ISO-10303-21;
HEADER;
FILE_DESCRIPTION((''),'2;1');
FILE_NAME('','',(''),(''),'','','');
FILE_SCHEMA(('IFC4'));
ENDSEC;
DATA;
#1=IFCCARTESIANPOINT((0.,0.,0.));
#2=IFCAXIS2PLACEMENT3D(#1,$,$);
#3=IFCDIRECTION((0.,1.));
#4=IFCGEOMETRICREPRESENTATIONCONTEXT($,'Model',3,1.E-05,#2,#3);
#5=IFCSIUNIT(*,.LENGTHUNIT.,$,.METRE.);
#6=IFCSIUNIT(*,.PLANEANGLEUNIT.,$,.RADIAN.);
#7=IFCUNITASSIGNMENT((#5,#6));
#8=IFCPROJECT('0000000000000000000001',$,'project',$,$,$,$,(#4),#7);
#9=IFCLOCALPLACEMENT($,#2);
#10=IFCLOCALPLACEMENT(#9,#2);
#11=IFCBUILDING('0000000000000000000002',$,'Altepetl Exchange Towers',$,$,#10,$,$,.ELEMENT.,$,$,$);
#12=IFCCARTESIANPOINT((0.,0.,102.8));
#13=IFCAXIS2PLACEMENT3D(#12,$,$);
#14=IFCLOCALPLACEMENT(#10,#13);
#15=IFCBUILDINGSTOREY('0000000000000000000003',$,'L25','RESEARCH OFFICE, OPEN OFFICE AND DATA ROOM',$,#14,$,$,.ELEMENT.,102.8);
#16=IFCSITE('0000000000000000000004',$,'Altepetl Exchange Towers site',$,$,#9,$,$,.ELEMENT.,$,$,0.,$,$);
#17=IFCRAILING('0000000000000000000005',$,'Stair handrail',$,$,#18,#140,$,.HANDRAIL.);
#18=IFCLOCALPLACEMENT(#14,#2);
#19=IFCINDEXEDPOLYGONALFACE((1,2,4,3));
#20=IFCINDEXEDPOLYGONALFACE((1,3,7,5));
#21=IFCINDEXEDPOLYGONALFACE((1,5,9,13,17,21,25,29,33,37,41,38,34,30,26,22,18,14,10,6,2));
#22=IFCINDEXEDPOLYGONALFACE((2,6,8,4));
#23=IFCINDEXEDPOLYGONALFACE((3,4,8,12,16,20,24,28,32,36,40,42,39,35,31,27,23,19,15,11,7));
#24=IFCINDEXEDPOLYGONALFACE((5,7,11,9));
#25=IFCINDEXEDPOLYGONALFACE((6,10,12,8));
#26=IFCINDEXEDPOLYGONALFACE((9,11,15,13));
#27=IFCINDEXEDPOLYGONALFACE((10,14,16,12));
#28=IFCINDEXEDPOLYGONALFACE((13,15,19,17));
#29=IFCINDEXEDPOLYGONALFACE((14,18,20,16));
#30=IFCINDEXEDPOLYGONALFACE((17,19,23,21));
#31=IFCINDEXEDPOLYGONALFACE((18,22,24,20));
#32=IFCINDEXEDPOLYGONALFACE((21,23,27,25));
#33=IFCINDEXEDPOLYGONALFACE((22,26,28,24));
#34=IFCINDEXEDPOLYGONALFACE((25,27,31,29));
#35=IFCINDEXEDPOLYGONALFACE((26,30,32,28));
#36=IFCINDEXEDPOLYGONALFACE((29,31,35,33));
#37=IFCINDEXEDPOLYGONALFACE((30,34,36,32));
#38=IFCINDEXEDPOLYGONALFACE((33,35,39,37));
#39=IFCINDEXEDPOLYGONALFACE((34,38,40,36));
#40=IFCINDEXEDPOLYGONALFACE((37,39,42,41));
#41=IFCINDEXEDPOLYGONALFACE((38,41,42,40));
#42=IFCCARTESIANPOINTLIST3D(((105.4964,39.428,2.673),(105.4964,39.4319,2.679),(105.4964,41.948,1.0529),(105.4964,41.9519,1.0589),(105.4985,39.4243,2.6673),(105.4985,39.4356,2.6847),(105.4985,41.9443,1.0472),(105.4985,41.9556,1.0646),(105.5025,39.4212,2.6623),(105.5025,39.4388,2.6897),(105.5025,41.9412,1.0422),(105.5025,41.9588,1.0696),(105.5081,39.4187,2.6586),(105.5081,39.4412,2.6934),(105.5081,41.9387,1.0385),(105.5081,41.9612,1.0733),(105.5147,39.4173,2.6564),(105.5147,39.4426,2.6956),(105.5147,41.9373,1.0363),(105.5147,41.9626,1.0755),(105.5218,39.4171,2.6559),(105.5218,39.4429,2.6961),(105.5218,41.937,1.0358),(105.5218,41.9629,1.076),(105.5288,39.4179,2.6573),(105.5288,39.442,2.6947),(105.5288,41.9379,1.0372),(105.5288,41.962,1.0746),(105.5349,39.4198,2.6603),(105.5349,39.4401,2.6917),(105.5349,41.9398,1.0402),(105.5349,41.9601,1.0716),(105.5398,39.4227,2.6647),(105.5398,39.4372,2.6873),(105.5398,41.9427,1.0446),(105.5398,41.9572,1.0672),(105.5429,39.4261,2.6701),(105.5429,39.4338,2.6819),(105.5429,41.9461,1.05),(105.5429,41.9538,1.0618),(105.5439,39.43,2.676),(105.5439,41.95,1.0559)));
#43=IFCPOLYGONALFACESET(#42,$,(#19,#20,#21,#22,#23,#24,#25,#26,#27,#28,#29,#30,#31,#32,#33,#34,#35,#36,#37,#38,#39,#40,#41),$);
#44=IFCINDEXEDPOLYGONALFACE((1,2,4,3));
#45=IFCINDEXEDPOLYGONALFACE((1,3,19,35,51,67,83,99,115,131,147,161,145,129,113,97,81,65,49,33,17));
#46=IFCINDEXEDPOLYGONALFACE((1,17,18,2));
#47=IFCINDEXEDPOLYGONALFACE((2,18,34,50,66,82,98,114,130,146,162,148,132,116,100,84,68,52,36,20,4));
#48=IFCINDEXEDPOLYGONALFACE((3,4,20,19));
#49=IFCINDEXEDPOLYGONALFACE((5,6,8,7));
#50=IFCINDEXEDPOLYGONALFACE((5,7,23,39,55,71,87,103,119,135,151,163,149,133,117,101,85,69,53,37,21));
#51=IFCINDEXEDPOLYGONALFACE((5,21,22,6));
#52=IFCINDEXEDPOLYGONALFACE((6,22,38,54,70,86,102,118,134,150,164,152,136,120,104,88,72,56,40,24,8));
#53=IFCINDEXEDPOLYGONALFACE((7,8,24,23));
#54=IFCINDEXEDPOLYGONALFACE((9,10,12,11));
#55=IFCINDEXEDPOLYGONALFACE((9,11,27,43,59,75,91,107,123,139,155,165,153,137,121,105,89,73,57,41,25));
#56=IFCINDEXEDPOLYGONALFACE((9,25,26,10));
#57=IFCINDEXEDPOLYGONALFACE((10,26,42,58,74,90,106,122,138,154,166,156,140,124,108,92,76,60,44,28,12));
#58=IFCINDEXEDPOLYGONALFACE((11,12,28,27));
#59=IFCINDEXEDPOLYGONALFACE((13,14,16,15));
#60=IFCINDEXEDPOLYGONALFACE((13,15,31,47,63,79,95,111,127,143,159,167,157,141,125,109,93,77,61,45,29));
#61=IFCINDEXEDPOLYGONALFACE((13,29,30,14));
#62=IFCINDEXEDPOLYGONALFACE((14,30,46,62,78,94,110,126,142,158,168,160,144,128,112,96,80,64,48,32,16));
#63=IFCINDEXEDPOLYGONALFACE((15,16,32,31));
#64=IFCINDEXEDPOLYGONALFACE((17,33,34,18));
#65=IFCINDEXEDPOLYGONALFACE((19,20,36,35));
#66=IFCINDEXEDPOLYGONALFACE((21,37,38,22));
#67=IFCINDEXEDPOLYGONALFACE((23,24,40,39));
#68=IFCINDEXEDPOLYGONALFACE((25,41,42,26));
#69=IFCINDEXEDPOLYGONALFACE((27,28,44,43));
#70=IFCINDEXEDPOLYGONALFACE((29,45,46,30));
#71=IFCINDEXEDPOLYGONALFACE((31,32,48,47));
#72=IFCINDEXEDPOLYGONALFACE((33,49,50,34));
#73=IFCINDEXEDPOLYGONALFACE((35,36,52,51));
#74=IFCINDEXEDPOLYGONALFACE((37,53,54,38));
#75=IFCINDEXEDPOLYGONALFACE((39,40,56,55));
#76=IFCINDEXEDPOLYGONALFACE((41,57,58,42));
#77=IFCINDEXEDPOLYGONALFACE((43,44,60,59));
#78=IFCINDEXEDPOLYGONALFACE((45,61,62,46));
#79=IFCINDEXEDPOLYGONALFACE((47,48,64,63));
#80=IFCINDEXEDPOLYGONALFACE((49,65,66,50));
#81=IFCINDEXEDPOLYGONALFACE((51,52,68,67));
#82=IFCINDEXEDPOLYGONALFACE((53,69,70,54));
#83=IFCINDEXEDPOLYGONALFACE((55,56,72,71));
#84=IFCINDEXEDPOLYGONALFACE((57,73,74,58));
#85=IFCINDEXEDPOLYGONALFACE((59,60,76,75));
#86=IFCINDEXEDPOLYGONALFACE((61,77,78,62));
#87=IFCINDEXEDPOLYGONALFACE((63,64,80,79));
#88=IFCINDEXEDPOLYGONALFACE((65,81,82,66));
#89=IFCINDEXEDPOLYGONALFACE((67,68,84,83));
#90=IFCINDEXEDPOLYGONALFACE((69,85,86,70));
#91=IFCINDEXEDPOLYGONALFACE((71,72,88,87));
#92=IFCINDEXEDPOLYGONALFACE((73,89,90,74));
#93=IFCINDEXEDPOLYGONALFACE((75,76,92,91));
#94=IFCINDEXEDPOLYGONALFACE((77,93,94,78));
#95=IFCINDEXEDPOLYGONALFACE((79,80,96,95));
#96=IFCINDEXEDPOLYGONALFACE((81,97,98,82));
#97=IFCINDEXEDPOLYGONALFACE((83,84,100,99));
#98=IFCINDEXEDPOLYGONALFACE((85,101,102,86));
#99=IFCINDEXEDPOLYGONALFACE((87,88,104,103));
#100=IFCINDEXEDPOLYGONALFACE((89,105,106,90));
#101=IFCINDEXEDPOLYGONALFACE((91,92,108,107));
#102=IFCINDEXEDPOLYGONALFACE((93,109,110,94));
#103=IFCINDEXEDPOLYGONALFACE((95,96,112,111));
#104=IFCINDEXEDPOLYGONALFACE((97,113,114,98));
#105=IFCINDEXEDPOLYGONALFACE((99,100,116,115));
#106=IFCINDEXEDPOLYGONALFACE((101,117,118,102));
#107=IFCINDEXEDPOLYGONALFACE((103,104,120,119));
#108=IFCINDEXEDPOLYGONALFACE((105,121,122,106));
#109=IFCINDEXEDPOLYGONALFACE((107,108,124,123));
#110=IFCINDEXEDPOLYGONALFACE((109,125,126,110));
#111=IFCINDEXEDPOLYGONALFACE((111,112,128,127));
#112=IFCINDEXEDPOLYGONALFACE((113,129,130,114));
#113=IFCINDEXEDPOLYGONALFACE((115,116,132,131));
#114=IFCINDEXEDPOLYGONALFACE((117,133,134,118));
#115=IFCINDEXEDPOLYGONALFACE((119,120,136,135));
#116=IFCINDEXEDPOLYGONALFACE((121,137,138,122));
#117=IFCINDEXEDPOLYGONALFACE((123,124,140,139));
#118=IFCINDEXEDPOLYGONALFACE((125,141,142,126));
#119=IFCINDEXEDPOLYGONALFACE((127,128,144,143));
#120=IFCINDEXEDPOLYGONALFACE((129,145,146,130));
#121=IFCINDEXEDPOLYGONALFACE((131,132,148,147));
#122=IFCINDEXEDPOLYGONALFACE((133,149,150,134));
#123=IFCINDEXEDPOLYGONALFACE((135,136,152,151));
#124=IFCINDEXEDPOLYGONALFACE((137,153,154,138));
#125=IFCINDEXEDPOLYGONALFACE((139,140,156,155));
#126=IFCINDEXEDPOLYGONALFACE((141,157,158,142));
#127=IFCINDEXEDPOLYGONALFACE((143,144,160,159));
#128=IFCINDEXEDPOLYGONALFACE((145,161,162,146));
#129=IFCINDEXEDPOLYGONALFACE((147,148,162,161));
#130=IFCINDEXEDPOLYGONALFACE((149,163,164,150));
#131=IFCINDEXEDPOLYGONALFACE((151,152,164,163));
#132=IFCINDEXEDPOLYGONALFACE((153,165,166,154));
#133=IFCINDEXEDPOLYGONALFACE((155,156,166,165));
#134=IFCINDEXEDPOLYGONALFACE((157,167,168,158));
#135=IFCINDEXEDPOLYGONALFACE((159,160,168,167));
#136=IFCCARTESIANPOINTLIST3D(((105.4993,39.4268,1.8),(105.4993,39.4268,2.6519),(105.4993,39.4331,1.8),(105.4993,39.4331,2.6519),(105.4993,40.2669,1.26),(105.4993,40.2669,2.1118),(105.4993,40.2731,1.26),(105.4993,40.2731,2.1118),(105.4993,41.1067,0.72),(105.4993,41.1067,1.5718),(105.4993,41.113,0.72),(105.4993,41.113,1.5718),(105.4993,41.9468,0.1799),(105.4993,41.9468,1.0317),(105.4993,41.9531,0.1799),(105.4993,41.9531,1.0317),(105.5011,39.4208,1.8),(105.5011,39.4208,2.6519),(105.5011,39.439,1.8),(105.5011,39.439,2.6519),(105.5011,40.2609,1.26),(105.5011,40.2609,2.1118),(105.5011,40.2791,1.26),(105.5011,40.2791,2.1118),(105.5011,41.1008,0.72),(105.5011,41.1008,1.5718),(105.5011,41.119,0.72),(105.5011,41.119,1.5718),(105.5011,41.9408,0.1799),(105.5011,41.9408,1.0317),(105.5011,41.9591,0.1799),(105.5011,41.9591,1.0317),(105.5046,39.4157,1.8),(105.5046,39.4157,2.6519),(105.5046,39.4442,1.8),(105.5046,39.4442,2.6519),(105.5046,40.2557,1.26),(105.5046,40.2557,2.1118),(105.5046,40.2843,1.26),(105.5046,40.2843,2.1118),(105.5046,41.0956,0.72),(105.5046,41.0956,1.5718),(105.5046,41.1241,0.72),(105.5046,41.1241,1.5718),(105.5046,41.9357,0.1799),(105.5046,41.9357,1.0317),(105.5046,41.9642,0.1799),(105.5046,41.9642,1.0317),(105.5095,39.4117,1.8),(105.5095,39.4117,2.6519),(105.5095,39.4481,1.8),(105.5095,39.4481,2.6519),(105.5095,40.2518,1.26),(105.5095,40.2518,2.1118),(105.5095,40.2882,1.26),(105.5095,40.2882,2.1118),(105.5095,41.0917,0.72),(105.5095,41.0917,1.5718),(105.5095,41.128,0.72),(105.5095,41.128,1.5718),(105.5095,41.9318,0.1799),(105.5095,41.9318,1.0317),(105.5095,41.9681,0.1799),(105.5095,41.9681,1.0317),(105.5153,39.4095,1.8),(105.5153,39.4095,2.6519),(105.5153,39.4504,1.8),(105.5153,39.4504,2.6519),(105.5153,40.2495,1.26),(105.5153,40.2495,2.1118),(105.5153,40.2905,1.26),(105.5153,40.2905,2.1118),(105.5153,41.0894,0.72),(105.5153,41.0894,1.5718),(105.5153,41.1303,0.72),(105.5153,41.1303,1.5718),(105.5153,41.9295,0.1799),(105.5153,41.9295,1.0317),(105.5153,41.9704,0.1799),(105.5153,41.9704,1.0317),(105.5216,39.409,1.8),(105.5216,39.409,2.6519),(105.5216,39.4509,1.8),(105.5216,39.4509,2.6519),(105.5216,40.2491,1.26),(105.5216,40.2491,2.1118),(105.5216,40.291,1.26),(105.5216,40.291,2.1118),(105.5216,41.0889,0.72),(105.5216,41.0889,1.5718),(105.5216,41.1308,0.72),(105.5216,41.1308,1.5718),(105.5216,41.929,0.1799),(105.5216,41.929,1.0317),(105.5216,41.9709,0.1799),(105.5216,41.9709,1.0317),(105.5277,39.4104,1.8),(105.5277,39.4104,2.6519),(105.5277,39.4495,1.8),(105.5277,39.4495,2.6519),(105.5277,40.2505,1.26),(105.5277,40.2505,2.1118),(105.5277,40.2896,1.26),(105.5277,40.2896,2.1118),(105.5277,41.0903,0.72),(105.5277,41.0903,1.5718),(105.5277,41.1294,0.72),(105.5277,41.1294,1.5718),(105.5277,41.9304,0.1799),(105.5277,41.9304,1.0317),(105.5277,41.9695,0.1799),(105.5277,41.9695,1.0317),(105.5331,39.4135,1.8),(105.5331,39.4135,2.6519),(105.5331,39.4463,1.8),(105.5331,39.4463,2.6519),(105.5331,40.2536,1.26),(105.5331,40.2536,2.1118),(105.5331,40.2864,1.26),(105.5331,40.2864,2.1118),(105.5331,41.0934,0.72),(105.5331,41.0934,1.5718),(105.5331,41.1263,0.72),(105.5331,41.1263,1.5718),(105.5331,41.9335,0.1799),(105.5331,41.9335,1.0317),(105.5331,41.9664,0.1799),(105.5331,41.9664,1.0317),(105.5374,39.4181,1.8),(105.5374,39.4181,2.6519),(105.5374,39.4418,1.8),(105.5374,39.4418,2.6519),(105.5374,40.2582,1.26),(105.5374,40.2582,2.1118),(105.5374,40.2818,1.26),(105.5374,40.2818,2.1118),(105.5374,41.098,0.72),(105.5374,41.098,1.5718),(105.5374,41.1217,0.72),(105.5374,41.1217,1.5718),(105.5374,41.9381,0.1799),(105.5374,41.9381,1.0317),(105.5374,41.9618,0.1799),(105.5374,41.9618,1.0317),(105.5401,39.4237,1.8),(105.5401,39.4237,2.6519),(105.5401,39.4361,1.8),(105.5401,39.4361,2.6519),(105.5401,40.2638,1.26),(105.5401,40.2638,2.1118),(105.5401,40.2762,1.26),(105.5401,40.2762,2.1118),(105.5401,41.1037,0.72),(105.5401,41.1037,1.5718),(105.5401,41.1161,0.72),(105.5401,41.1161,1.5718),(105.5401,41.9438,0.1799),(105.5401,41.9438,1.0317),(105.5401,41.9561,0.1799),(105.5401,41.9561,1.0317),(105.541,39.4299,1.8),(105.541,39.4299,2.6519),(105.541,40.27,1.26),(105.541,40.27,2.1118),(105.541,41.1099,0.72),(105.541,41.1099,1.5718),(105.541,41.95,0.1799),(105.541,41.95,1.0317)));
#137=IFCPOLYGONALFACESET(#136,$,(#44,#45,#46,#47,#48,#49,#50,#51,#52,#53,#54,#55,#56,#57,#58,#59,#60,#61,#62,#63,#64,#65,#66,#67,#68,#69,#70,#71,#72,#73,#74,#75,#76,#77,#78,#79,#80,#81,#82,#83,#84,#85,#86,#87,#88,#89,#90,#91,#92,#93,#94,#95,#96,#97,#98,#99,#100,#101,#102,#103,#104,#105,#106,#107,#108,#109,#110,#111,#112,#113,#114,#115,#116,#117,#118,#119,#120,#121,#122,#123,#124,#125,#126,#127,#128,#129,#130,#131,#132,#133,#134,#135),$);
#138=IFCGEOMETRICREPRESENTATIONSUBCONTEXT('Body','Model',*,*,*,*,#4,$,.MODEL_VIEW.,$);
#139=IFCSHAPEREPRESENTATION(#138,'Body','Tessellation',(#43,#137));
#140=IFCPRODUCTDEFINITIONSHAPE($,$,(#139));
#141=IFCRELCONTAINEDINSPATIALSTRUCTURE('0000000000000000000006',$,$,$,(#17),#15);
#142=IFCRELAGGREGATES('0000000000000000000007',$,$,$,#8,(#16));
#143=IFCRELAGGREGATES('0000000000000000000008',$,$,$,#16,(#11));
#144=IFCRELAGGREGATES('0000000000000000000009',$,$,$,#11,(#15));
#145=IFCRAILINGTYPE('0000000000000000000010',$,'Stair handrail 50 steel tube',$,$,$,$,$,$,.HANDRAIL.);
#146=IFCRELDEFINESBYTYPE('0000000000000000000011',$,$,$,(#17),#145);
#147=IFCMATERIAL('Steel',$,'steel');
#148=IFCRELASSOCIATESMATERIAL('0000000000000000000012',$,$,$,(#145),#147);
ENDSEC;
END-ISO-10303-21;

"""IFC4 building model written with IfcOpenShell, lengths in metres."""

from ifc_helpers import new_model, si_unit, direction, frame, origin, origin_2d, place, context, subcontext, project, spatial, circle, extrude, source, transform, mapped, material, type_object, element, save


model = new_model("IFC4")

# Units and contexts
model_context = context("Model", 3, precision=1e-05, world=origin(), true_north=direction((0.0, 1.0)))
body_context = subcontext(model_context, "Body", "Model", "MODEL_VIEW")
ifc_project = project(units=[si_unit("LENGTHUNIT", "METRE"), si_unit("PLANEANGLEUNIT", "RADIAN")], contexts=[model_context])

# Site, building, storey
site_placement = place(None, origin())
site = spatial("IfcSite", under=ifc_project, at=site_placement, Name="Altepetl Exchange Towers site", CompositionType="ELEMENT", RefElevation=0.0)
building_placement = place(site_placement, origin())
building = spatial("IfcBuilding", under=site, at=building_placement, Name="Altepetl Exchange Towers", CompositionType="ELEMENT")
storey_placement = place(building_placement, frame((0.0, 0.0, 102.8)))
storey = spatial("IfcBuildingStorey", under=building, at=storey_placement, Name="L25", Description="RESEARCH OFFICE, OPEN OFFICE AND DATA ROOM", CompositionType="ELEMENT", Elevation=102.8)

# Railing
ifc_material_1 = material(Name="Steel", Category="steel")
railing_type = type_object("IfcRailingType", Name="Stair handrail 50 steel tube", PredefinedType="HANDRAIL", material=ifc_material_1)
shared_shape = source(origin(), body_context, "Body", "SweptSolid", [
    extrude(circle(Radius=0.021, at=origin_2d()), origin(), (0.0, 0.0, 1.0), 0.8518),
])
railing_1_placement = place(storey_placement, frame((105.52, 41.95, 0.1799)))
element("IfcRailing", 1, at=railing_1_placement, inside=storey, type_object=railing_type, Name="Stair handrail", PredefinedType="HANDRAIL", context=body_context, shape_type="SweptSolid", body=[
    extrude(circle(Radius=0.0239, at=origin_2d()), frame((0.0, 0.0, 0.876), z_axis=(0.0, -0.841163, 0.540782), x_axis=(1.0, 0.0, 0.0)), (0.0, 0.0, 1.0), 2.9958),
    mapped(shared_shape, transform((0.0, 0.0, 0.0))),
    mapped(shared_shape, transform((0.0, -0.8401, 0.54))),
    mapped(shared_shape, transform((0.0, -1.6799, 1.0801))),
    mapped(shared_shape, transform((0.0, -2.52, 1.6201))),
])

save(model, "model.ifc")
